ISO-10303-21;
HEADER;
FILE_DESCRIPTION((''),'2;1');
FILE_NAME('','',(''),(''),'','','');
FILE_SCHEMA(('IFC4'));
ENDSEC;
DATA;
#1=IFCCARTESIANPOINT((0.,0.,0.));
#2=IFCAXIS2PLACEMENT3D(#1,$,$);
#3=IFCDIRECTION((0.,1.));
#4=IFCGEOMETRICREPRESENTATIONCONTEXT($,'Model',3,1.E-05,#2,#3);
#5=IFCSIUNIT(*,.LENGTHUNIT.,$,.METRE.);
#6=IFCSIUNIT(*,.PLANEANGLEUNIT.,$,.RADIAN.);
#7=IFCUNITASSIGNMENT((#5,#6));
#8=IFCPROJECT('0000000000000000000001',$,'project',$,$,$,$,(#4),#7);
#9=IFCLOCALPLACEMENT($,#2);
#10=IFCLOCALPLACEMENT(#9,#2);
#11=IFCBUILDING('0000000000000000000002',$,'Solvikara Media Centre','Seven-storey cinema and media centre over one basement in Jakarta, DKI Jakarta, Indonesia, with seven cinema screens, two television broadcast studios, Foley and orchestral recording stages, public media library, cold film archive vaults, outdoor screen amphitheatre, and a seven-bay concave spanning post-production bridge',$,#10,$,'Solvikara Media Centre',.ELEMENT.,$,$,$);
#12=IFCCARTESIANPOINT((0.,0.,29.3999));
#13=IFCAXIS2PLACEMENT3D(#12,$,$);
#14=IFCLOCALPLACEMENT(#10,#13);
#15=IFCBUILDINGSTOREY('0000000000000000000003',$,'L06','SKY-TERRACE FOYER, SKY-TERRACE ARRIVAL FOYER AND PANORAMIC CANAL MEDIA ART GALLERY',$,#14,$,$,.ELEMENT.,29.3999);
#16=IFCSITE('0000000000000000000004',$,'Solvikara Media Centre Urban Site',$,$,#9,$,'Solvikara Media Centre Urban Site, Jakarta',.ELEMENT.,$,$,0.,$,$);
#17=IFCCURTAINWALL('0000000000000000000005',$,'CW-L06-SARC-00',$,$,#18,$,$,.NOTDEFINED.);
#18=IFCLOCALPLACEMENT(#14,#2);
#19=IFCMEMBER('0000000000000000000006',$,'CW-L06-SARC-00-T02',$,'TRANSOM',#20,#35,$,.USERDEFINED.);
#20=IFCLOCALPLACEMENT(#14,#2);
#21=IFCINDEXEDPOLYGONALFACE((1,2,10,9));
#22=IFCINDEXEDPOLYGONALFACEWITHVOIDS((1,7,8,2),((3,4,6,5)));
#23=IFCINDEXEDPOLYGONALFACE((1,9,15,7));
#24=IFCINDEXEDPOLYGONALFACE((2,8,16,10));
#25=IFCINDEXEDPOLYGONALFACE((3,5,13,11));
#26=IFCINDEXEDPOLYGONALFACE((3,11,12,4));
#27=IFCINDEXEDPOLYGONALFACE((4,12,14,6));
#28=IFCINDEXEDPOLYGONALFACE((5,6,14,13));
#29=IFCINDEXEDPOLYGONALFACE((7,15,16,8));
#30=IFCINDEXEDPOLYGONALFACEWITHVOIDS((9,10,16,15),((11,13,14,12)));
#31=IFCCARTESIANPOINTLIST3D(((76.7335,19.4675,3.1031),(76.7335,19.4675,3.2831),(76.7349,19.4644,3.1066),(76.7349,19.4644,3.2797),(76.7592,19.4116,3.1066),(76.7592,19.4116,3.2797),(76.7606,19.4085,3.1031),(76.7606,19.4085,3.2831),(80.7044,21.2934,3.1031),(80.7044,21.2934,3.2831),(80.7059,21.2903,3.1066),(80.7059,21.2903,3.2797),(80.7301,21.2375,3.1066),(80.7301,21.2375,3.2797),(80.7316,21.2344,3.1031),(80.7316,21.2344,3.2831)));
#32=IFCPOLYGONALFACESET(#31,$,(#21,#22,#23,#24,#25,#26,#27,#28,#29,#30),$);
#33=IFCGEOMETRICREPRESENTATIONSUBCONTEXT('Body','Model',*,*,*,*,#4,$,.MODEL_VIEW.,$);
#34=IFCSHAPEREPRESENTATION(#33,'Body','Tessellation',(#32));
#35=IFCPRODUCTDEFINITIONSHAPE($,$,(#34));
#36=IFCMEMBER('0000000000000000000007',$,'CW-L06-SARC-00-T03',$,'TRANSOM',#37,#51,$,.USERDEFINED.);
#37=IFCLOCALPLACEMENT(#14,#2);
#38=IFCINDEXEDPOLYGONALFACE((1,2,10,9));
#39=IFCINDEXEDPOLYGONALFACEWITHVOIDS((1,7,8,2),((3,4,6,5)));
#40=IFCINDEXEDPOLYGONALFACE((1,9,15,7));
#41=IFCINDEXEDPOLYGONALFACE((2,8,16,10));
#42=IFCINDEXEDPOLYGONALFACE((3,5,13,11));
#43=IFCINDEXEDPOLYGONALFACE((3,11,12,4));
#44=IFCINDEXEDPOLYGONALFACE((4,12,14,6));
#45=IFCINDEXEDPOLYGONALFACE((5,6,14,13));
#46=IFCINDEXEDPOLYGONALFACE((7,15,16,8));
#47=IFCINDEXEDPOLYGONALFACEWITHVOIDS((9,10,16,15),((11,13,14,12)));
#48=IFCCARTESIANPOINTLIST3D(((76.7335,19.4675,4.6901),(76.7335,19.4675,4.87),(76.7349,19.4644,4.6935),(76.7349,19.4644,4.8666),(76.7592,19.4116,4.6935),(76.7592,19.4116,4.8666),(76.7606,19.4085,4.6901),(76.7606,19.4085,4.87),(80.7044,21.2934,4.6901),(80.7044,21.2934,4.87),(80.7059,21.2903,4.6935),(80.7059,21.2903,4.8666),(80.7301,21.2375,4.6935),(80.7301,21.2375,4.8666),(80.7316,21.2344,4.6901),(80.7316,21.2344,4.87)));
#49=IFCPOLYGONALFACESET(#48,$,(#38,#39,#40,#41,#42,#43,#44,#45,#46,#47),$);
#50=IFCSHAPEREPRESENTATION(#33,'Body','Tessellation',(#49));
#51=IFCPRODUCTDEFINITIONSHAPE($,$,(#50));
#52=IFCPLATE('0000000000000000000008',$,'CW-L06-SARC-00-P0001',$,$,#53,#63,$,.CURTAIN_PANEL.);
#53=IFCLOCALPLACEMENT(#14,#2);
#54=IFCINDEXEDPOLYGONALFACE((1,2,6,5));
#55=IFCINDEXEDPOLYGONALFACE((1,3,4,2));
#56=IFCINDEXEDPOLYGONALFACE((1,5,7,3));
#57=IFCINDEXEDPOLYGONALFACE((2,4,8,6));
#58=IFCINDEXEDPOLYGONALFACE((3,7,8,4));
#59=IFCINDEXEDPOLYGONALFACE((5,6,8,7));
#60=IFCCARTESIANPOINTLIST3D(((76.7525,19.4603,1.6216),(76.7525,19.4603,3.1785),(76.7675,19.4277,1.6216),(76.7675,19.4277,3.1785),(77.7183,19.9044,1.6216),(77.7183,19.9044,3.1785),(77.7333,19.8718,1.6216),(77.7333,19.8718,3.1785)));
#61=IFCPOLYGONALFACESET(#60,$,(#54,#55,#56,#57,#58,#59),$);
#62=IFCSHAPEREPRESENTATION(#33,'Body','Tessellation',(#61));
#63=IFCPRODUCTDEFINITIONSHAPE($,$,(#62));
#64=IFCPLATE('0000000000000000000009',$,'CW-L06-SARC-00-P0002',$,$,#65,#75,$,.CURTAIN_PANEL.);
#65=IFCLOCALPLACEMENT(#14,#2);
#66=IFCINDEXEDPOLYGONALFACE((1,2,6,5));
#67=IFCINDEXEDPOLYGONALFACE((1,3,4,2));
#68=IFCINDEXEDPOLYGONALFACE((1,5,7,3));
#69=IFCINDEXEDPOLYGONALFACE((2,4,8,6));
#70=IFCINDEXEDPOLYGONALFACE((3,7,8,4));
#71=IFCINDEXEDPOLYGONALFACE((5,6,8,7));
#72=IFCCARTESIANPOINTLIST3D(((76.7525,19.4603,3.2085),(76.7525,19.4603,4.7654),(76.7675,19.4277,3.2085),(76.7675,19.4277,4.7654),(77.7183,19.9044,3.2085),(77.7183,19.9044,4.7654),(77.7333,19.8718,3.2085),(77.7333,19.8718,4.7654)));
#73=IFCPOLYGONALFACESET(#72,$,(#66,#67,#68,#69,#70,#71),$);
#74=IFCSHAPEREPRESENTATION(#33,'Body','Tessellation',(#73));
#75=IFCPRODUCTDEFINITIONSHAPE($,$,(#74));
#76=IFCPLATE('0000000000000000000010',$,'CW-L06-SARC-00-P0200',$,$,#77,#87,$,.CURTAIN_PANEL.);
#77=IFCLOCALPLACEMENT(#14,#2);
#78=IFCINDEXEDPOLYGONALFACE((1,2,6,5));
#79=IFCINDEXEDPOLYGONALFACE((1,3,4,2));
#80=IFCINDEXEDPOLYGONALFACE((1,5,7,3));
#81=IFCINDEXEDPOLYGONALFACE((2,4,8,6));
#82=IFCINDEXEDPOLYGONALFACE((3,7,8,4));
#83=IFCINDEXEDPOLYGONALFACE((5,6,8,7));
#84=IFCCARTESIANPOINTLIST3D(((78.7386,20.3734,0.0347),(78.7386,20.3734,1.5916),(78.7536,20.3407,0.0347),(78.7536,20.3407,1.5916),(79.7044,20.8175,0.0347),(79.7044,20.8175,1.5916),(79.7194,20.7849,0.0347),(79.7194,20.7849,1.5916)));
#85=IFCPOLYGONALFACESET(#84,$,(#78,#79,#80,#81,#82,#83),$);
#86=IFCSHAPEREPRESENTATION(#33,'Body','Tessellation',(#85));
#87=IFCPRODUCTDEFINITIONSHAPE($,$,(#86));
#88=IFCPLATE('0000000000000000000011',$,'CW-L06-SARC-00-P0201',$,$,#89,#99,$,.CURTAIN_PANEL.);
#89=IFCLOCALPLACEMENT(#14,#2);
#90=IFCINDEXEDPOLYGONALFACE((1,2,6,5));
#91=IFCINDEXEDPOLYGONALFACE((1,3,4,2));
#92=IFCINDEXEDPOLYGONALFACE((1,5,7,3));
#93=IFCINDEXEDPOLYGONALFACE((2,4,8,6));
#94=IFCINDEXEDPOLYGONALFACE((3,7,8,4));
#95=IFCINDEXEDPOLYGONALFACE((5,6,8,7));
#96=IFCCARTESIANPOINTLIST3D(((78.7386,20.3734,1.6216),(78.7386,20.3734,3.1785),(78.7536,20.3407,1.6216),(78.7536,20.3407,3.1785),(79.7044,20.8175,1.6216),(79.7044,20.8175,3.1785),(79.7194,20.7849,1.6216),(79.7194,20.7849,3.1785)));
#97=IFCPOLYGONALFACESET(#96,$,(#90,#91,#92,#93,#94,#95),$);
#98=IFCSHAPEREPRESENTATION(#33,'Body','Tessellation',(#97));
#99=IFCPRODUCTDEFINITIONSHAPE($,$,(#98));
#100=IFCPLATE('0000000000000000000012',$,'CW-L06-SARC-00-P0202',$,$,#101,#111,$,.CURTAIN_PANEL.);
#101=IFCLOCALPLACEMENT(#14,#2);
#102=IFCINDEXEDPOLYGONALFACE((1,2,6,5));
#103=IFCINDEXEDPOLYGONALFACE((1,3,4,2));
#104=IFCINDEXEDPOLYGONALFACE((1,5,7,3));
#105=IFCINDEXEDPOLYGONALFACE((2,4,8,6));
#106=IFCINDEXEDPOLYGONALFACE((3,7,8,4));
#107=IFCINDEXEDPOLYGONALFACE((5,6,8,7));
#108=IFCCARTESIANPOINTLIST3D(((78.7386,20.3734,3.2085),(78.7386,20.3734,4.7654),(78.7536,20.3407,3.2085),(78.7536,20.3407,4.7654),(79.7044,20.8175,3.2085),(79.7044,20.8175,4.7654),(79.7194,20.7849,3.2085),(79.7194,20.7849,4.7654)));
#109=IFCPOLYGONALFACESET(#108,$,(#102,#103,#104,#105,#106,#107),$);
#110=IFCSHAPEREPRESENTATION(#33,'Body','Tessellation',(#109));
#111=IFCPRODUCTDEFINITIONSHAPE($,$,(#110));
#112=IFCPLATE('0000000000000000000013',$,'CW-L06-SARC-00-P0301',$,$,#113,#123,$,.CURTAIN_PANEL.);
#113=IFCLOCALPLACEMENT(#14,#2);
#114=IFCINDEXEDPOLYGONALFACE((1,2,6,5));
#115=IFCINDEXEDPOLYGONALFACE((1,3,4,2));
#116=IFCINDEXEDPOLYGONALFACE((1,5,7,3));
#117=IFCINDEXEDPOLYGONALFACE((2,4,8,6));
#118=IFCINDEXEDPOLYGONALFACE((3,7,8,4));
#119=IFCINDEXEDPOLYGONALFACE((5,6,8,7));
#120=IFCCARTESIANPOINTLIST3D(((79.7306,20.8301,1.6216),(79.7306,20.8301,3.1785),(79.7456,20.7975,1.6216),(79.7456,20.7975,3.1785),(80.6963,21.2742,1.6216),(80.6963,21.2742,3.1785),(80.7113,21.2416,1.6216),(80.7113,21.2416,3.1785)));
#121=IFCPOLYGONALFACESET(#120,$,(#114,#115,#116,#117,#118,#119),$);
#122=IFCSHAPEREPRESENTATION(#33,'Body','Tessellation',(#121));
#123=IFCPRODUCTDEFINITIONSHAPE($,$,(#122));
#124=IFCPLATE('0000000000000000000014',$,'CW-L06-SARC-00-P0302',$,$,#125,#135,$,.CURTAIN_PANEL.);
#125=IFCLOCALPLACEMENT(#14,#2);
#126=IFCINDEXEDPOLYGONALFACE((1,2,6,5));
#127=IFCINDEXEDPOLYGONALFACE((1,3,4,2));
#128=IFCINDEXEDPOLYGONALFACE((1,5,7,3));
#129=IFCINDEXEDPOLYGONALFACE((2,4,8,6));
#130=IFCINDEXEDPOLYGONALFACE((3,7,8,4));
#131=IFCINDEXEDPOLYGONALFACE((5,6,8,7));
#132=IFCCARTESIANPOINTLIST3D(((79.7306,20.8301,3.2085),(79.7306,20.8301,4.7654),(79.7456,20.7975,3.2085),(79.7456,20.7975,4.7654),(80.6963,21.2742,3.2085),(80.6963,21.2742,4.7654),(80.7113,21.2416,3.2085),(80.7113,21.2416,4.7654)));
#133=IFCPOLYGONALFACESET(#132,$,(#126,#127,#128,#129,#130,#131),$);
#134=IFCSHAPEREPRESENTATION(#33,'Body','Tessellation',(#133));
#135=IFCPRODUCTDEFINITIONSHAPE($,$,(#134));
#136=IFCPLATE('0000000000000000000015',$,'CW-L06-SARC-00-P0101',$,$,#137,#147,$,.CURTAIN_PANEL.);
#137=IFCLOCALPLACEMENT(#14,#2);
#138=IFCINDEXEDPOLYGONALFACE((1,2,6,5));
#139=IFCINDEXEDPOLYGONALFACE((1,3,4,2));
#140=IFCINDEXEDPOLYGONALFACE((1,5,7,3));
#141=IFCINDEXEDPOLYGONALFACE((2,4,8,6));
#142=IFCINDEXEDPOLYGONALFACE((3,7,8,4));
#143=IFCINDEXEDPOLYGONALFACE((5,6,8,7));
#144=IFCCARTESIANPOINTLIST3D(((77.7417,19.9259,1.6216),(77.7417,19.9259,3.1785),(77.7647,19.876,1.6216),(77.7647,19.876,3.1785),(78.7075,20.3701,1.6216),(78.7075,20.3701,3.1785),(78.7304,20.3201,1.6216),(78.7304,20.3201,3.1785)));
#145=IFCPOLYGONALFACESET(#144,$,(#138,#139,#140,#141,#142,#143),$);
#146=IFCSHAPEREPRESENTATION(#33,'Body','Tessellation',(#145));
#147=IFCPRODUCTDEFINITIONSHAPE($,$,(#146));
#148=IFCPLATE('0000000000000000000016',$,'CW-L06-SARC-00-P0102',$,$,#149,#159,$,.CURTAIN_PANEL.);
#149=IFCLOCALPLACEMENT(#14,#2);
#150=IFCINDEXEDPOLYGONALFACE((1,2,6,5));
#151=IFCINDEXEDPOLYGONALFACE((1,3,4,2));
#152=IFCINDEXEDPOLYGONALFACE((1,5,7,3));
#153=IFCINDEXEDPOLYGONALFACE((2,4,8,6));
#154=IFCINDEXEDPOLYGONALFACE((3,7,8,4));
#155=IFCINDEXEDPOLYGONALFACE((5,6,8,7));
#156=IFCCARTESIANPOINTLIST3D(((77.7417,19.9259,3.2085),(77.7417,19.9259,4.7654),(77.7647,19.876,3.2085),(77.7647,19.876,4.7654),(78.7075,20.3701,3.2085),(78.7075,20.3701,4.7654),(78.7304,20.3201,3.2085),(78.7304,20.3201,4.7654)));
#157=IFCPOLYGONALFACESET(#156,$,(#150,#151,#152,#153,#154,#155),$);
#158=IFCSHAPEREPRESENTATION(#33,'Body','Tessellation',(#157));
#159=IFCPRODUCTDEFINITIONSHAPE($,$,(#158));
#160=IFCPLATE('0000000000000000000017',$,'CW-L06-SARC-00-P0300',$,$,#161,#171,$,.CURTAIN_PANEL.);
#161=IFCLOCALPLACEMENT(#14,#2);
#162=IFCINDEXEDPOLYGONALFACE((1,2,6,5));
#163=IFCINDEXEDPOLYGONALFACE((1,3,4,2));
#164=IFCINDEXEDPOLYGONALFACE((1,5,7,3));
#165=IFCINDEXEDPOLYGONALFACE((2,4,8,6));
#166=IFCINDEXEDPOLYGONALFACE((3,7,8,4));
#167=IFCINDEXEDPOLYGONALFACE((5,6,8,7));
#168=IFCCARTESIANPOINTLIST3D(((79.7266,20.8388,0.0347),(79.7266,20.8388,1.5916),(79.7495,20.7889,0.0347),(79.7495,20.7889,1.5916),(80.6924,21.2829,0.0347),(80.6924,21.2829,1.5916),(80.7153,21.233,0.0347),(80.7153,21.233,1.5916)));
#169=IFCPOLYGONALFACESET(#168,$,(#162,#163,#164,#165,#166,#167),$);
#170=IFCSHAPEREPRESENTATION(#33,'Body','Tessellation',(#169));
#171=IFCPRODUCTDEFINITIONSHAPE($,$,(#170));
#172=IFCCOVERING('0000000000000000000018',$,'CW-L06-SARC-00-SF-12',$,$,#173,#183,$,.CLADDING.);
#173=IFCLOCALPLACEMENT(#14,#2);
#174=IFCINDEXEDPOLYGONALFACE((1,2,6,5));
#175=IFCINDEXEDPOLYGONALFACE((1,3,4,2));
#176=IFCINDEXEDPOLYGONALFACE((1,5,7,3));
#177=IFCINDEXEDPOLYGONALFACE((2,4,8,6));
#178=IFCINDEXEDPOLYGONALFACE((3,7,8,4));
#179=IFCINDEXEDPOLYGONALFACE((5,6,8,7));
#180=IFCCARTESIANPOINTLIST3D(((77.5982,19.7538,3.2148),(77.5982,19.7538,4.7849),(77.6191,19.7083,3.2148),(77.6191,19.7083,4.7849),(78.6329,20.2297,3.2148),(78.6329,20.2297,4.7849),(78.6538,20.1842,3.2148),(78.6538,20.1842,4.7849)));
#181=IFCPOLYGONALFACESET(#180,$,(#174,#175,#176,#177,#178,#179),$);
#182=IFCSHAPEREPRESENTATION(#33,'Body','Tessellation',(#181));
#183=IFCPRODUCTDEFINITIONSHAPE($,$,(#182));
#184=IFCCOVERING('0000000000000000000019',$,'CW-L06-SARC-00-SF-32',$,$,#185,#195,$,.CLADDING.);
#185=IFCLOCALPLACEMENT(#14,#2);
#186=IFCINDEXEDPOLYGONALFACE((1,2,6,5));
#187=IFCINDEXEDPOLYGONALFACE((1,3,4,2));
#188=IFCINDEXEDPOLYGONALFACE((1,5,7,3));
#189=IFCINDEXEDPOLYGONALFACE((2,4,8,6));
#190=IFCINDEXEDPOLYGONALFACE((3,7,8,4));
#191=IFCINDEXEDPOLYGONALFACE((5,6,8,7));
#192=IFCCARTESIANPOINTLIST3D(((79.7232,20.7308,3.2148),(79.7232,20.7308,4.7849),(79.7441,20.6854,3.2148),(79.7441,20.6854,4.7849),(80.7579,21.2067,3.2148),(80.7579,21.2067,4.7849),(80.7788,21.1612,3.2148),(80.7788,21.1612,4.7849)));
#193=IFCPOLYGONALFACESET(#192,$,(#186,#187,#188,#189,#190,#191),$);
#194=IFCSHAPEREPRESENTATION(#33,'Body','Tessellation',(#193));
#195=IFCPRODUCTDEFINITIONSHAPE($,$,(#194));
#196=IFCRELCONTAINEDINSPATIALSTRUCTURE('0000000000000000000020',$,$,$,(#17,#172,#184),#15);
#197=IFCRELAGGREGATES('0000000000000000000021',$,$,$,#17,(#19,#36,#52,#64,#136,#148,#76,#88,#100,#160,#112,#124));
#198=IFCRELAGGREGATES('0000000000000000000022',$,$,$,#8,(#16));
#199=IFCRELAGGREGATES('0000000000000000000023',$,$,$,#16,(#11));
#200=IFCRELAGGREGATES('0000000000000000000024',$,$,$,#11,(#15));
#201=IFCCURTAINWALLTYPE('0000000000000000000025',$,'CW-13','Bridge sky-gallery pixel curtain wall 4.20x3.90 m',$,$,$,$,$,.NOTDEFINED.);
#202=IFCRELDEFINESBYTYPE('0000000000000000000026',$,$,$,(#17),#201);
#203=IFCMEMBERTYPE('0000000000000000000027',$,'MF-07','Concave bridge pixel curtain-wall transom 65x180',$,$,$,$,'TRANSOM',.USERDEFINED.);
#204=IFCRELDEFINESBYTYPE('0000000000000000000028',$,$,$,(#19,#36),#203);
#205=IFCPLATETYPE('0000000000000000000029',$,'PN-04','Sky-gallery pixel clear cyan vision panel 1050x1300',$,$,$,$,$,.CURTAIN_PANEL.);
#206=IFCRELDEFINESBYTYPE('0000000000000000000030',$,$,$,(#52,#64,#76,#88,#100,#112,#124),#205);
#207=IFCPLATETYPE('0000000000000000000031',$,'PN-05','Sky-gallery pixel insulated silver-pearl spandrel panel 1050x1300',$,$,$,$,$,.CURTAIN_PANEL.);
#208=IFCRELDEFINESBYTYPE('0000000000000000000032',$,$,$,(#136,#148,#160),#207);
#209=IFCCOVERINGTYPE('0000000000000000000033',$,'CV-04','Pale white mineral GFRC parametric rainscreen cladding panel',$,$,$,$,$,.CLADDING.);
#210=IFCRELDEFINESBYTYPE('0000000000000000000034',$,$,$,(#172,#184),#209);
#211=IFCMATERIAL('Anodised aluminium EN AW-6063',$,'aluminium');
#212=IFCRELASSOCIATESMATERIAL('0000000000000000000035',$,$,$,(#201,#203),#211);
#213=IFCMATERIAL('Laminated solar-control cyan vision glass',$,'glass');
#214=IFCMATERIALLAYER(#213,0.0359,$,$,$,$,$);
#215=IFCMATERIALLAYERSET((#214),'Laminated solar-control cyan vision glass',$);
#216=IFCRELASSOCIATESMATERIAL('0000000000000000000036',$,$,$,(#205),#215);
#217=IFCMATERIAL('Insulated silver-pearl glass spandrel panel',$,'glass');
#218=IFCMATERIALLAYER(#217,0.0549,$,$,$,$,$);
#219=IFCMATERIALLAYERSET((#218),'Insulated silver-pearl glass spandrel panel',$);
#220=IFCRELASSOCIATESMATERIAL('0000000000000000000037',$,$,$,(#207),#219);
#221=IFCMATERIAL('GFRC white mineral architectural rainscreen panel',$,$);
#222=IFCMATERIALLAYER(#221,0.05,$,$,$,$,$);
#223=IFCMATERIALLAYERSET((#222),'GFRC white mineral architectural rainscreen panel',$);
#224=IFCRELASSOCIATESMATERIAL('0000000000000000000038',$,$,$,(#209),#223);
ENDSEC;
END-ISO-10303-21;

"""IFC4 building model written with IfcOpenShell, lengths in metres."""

from ifc_helpers import new_model, si_unit, direction, frame, origin, origin_2d, place, context, subcontext, project, spatial, rectangle, hollow_rectangle, extrude, material, layer, layer_set, material_profile, profile_set, type_object, element, aggregate, save


model = new_model("IFC4")

# Units and contexts
model_context = context("Model", 3, precision=1e-05, world=origin(), true_north=direction((0.0, 1.0)))
body_context = subcontext(model_context, "Body", "Model", "MODEL_VIEW")
ifc_project = project(units=[si_unit("LENGTHUNIT", "METRE"), si_unit("PLANEANGLEUNIT", "RADIAN")], contexts=[model_context])

# Site, building, storey
site_placement = place(None, origin())
site = spatial("IfcSite", under=ifc_project, at=site_placement, Name="Solvikara Media Centre Urban Site", LongName="Solvikara Media Centre Urban Site, Jakarta", CompositionType="ELEMENT", RefElevation=0.0)
building_placement = place(site_placement, origin())
building = spatial("IfcBuilding", under=site, at=building_placement, Name="Solvikara Media Centre", Description="Seven-storey cinema and media centre over one basement in Jakarta, DKI Jakarta, Indonesia, with seven cinema screens, two television broadcast studios, Foley and orchestral recording stages, public media library, cold film archive vaults, outdoor screen amphitheatre, and a seven-bay concave spanning post-production bridge", LongName="Solvikara Media Centre", CompositionType="ELEMENT")
storey_placement = place(building_placement, frame((0.0, 0.0, 29.3999)))
storey = spatial("IfcBuildingStorey", under=building, at=storey_placement, Name="L06", Description="SKY-TERRACE FOYER, SKY-TERRACE ARRIVAL FOYER AND PANORAMIC CANAL MEDIA ART GALLERY", CompositionType="ELEMENT", Elevation=29.3999)

# Curtain wall, members, plates
ifc_material_1 = material(Name="Anodised aluminium EN AW-6063", Category="aluminium")
curtain_wall_type = type_object("IfcCurtainWallType", Name="CW-13", Description="Bridge sky-gallery pixel curtain wall 4.20x3.90 m", PredefinedType="NOTDEFINED", material=ifc_material_1)
curtain_wall_placement = place(storey_placement, origin())
curtain_wall = element("IfcCurtainWall", 1, at=curtain_wall_placement, inside=storey, type_object=curtain_wall_type, Name="CW-L06-SARC-00", PredefinedType="NOTDEFINED")
ifc_material_profile = material_profile(ifc_material_1, hollow_rectangle(XDim=0.0649, YDim=0.1799, WallThickness=0.0034, at=origin_2d()), Name="ALU-T 65x180x3.5")
ifc_profile_set = profile_set([ifc_material_profile], Name="Anodised aluminium EN AW-6063")
member_type = type_object("IfcMemberType", Name="MF-07", Description="Concave bridge pixel curtain-wall transom 65x180", ElementType="TRANSOM", PredefinedType="USERDEFINED", material=ifc_profile_set)
member_1_placement = place(storey_placement, frame((76.7471, 19.438, 3.1931), z_axis=(0.908552, 0.417772, 0.0), x_axis=(-0.417772, 0.908552, 0.0)))
member_1 = element("IfcMember", 2, at=member_1_placement, type_object=member_type, Name="CW-L06-SARC-00-T02", ObjectType="TRANSOM", PredefinedType="USERDEFINED", context=body_context, shape_type="SweptSolid", body=[
    extrude(hollow_rectangle(XDim=0.0649, YDim=0.1799, WallThickness=0.0034, at=origin_2d()), origin(), (0.0, 0.0, 1.0), 4.3706),
])
member_2_placement = place(storey_placement, frame((76.7471, 19.438, 4.78), z_axis=(0.908552, 0.417772, 0.0), x_axis=(-0.417772, 0.908552, 0.0)))
member_2 = element("IfcMember", 3, at=member_2_placement, type_object=member_type, Name="CW-L06-SARC-00-T03", ObjectType="TRANSOM", PredefinedType="USERDEFINED", context=body_context, shape_type="SweptSolid", body=[
    extrude(hollow_rectangle(XDim=0.0649, YDim=0.1799, WallThickness=0.0034, at=origin_2d()), origin(), (0.0, 0.0, 1.0), 4.3706),
])
ifc_material_2 = material(Name="Laminated solar-control cyan vision glass", Category="glass")
ifc_layer_1 = layer(ifc_material_2, 0.0359)
ifc_layer_set_1 = layer_set([ifc_layer_1], Name="Laminated solar-control cyan vision glass")
plate_type_1 = type_object("IfcPlateType", Name="PN-04", Description="Sky-gallery pixel clear cyan vision panel 1050x1300", PredefinedType="CURTAIN_PANEL", material=ifc_layer_set_1)
plate_1_placement = place(storey_placement, frame((77.2429, 19.666, 1.6216), z_axis=(0.0, 0.0, 1.0), x_axis=(0.908545, 0.417788, 0.0)))
plate_1 = element("IfcPlate", 4, at=plate_1_placement, type_object=plate_type_1, Name="CW-L06-SARC-00-P0001", PredefinedType="CURTAIN_PANEL", context=body_context, shape_type="SweptSolid", body=[
    extrude(rectangle(XDim=1.063, YDim=0.0359, at=origin_2d()), origin(), (0.0, 0.0, 1.0), 1.5569),
])
plate_2_placement = place(storey_placement, frame((77.2429, 19.666, 3.2085), z_axis=(0.0, 0.0, 1.0), x_axis=(0.908545, 0.417788, 0.0)))
plate_2 = element("IfcPlate", 5, at=plate_2_placement, type_object=plate_type_1, Name="CW-L06-SARC-00-P0002", PredefinedType="CURTAIN_PANEL", context=body_context, shape_type="SweptSolid", body=[
    extrude(rectangle(XDim=1.063, YDim=0.0359, at=origin_2d()), origin(), (0.0, 0.0, 1.0), 1.5569),
])
plate_3_placement = place(storey_placement, frame((79.229, 20.5791, 0.0347), z_axis=(0.0, 0.0, 1.0), x_axis=(0.908545, 0.417788, 0.0)))
plate_3 = element("IfcPlate", 6, at=plate_3_placement, type_object=plate_type_1, Name="CW-L06-SARC-00-P0200", PredefinedType="CURTAIN_PANEL", context=body_context, shape_type="SweptSolid", body=[
    extrude(rectangle(XDim=1.063, YDim=0.0359, at=origin_2d()), origin(), (0.0, 0.0, 1.0), 1.5569),
])
plate_4_placement = place(storey_placement, frame((79.229, 20.5791, 1.6216), z_axis=(0.0, 0.0, 1.0), x_axis=(0.908545, 0.417788, 0.0)))
plate_4 = element("IfcPlate", 7, at=plate_4_placement, type_object=plate_type_1, Name="CW-L06-SARC-00-P0201", PredefinedType="CURTAIN_PANEL", context=body_context, shape_type="SweptSolid", body=[
    extrude(rectangle(XDim=1.063, YDim=0.0359, at=origin_2d()), origin(), (0.0, 0.0, 1.0), 1.5569),
])
plate_5_placement = place(storey_placement, frame((79.229, 20.5791, 3.2085), z_axis=(0.0, 0.0, 1.0), x_axis=(0.908545, 0.417788, 0.0)))
plate_5 = element("IfcPlate", 8, at=plate_5_placement, type_object=plate_type_1, Name="CW-L06-SARC-00-P0202", PredefinedType="CURTAIN_PANEL", context=body_context, shape_type="SweptSolid", body=[
    extrude(rectangle(XDim=1.063, YDim=0.0359, at=origin_2d()), origin(), (0.0, 0.0, 1.0), 1.5569),
])
plate_6_placement = place(storey_placement, frame((80.2209, 21.0359, 1.6216), z_axis=(0.0, 0.0, 1.0), x_axis=(0.908545, 0.417788, 0.0)))
plate_6 = element("IfcPlate", 9, at=plate_6_placement, type_object=plate_type_1, Name="CW-L06-SARC-00-P0301", PredefinedType="CURTAIN_PANEL", context=body_context, shape_type="SweptSolid", body=[
    extrude(rectangle(XDim=1.063, YDim=0.0359, at=origin_2d()), origin(), (0.0, 0.0, 1.0), 1.5569),
])
plate_7_placement = place(storey_placement, frame((80.2209, 21.0359, 3.2085), z_axis=(0.0, 0.0, 1.0), x_axis=(0.908545, 0.417788, 0.0)))
plate_7 = element("IfcPlate", 10, at=plate_7_placement, type_object=plate_type_1, Name="CW-L06-SARC-00-P0302", PredefinedType="CURTAIN_PANEL", context=body_context, shape_type="SweptSolid", body=[
    extrude(rectangle(XDim=1.063, YDim=0.0359, at=origin_2d()), origin(), (0.0, 0.0, 1.0), 1.5569),
])
ifc_material_3 = material(Name="Insulated silver-pearl glass spandrel panel", Category="glass")
ifc_layer_2 = layer(ifc_material_3, 0.0549)
ifc_layer_set_2 = layer_set([ifc_layer_2], Name="Insulated silver-pearl glass spandrel panel")
plate_type_2 = type_object("IfcPlateType", Name="PN-05", Description="Sky-gallery pixel insulated silver-pearl spandrel panel 1050x1300", PredefinedType="CURTAIN_PANEL", material=ifc_layer_set_2)
plate_8_placement = place(storey_placement, frame((78.2361, 20.123, 1.6216), z_axis=(0.0, 0.0, 1.0), x_axis=(0.908545, 0.417788, 0.0)))
plate_8 = element("IfcPlate", 11, at=plate_8_placement, type_object=plate_type_2, Name="CW-L06-SARC-00-P0101", PredefinedType="CURTAIN_PANEL", context=body_context, shape_type="SweptSolid", body=[
    extrude(rectangle(XDim=1.063, YDim=0.0549, at=origin_2d()), origin(), (0.0, 0.0, 1.0), 1.5569),
])
plate_9_placement = place(storey_placement, frame((78.2361, 20.123, 3.2085), z_axis=(0.0, 0.0, 1.0), x_axis=(0.908545, 0.417788, 0.0)))
plate_9 = element("IfcPlate", 12, at=plate_9_placement, type_object=plate_type_2, Name="CW-L06-SARC-00-P0102", PredefinedType="CURTAIN_PANEL", context=body_context, shape_type="SweptSolid", body=[
    extrude(rectangle(XDim=1.063, YDim=0.0549, at=origin_2d()), origin(), (0.0, 0.0, 1.0), 1.5569),
])
plate_10_placement = place(storey_placement, frame((80.2209, 21.0359, 0.0347), z_axis=(0.0, 0.0, 1.0), x_axis=(0.908545, 0.417788, 0.0)))
plate_10 = element("IfcPlate", 13, at=plate_10_placement, type_object=plate_type_2, Name="CW-L06-SARC-00-P0300", PredefinedType="CURTAIN_PANEL", context=body_context, shape_type="SweptSolid", body=[
    extrude(rectangle(XDim=1.063, YDim=0.0549, at=origin_2d()), origin(), (0.0, 0.0, 1.0), 1.5569),
])
aggregate(curtain_wall, [member_1, member_2, plate_1, plate_2, plate_8, plate_9, plate_3, plate_4, plate_5, plate_10, plate_6, plate_7])

# Coverings
ifc_material_4 = material(Name="GFRC white mineral architectural rainscreen panel")
ifc_layer_3 = layer(ifc_material_4, 0.05)
ifc_layer_set_3 = layer_set([ifc_layer_3], Name="GFRC white mineral architectural rainscreen panel")
covering_type_1 = type_object("IfcCoveringType", Name="CV-04", Description="Pale white mineral GFRC parametric rainscreen cladding panel", PredefinedType="CLADDING", material=ifc_layer_set_3)
for number, where, z_axis, x_axis, name in (
    (14, (78.126, 19.969, 3.2148), (0.0, 0.0, 1.0), (0.908523, 0.417835, 0.0), "CW-L06-SARC-00-SF-12"),
    (15, (80.251, 20.946, 3.2148), (0.0, 0.0, 1.0), (0.908523, 0.417835, 0.0), "CW-L06-SARC-00-SF-32"),
):
    element("IfcCovering", number, at=place(storey_placement, frame(where, z_axis=z_axis, x_axis=x_axis)), inside=storey, type_object=covering_type_1, Name=name, PredefinedType="CLADDING", context=body_context, shape_type="SweptSolid", body=[
        extrude(rectangle(XDim=1.1389, YDim=0.05, at=origin_2d()), origin(), (0.0, 0.0, 1.0), 1.5701),
    ])

save(model, "model.ifc")
